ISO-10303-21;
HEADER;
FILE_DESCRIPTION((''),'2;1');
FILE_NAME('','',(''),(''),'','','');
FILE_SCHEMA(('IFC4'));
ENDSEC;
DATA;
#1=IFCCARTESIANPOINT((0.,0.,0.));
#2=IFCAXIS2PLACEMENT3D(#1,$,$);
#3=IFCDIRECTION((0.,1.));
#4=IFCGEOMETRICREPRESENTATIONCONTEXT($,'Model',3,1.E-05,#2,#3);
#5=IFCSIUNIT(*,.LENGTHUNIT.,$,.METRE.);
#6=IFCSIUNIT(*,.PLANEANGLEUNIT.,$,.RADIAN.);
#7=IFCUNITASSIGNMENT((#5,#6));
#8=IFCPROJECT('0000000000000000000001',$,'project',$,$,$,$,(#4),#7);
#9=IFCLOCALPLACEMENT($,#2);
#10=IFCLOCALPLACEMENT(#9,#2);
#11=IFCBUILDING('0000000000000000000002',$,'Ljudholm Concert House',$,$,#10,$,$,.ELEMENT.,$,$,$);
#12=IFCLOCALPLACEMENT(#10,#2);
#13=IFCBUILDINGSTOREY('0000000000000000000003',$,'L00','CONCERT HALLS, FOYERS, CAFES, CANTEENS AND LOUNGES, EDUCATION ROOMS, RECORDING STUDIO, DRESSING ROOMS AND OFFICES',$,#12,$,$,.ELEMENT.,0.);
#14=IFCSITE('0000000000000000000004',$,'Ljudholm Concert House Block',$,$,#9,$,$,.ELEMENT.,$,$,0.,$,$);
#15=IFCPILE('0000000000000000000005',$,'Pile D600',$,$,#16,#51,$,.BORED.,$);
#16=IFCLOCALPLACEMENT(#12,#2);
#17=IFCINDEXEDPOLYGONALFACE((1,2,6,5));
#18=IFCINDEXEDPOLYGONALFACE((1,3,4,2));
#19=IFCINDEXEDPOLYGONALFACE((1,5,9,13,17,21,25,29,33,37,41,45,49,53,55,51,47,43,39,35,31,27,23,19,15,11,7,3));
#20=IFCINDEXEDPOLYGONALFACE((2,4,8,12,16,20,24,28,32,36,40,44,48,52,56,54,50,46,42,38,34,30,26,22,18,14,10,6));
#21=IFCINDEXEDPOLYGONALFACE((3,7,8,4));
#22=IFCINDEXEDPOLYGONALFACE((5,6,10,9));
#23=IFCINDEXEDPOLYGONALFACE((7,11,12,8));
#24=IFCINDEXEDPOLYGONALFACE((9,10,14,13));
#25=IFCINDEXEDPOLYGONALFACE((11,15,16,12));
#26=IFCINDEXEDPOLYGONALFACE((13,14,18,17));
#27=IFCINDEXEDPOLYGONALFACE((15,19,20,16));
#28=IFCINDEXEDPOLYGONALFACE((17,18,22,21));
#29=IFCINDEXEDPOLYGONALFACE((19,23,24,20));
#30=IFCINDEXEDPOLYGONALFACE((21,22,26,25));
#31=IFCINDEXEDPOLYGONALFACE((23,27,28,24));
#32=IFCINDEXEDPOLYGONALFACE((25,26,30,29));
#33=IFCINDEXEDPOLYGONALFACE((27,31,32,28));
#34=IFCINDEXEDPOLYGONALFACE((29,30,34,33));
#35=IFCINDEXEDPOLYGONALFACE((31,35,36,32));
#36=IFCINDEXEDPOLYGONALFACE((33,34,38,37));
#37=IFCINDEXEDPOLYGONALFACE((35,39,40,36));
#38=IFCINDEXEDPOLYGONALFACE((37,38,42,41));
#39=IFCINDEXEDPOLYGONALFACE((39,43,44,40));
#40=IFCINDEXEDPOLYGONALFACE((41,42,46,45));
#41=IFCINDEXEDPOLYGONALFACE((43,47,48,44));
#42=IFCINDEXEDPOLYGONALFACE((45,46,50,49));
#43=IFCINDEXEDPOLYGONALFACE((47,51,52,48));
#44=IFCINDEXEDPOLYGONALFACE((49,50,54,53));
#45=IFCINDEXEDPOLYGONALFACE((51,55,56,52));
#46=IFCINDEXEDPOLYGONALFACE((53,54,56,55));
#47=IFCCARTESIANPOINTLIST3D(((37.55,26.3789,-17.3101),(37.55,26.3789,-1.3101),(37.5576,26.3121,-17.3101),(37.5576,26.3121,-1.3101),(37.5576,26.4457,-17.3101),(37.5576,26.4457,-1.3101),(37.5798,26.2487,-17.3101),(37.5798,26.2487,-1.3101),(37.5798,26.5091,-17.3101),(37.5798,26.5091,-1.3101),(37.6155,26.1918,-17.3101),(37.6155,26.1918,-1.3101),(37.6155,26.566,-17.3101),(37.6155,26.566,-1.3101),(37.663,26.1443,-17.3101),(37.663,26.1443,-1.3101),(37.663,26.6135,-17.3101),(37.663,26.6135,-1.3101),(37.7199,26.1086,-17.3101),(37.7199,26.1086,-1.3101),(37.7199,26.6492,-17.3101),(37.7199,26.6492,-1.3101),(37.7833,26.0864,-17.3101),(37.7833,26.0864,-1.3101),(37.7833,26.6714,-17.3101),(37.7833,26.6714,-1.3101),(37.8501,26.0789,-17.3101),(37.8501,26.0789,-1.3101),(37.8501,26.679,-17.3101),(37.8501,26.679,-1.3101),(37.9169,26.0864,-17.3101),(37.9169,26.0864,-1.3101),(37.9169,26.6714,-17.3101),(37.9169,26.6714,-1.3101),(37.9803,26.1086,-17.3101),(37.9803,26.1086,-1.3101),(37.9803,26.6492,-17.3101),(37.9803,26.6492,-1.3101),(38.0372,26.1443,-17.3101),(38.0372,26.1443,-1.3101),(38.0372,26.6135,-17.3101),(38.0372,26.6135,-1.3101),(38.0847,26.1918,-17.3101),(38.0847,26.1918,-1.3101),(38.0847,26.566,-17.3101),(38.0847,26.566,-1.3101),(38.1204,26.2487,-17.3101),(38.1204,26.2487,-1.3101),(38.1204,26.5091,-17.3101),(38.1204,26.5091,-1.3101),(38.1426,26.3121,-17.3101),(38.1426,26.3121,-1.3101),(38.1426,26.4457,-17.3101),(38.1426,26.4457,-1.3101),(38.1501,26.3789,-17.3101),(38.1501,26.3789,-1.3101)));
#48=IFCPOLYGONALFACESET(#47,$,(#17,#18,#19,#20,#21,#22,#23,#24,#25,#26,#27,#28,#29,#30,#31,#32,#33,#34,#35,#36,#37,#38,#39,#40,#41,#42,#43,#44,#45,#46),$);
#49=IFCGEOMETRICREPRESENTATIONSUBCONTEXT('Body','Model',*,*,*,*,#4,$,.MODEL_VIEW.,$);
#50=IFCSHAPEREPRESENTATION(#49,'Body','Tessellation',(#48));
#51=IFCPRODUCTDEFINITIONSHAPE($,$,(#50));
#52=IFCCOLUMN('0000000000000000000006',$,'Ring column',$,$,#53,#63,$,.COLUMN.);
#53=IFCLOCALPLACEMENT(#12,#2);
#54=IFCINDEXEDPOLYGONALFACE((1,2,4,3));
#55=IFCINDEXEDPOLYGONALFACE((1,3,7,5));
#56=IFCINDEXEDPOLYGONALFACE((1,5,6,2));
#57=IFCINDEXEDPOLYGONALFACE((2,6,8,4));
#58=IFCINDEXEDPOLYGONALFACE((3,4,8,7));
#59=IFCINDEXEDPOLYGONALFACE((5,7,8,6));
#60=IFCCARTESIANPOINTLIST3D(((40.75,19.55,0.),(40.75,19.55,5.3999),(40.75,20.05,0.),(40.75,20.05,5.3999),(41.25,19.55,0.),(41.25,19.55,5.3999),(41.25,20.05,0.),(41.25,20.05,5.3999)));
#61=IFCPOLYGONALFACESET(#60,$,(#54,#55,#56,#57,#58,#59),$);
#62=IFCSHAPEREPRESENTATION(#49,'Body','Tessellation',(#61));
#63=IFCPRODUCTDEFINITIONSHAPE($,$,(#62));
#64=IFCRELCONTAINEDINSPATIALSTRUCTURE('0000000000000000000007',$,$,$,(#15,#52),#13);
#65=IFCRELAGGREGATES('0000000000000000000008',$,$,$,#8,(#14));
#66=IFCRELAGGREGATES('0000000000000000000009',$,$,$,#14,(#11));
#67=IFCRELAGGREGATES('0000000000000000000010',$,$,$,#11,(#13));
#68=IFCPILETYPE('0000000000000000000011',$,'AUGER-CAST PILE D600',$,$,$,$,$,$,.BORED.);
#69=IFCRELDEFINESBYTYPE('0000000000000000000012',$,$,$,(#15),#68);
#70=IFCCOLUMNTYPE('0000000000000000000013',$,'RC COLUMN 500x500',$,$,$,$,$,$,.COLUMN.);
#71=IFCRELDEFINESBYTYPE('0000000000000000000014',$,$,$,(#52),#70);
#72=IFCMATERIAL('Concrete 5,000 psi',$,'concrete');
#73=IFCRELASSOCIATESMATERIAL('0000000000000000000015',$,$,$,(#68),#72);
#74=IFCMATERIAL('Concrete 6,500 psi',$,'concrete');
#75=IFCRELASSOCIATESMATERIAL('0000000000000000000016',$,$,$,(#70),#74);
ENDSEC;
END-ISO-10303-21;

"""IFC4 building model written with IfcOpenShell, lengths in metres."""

from ifc_helpers import new_model, si_unit, direction, frame, origin, origin_2d, place, context, subcontext, project, spatial, rectangle, circle, extrude, material, material_profile, profile_set, type_object, element, save


model = new_model("IFC4")

# Units and contexts
model_context = context("Model", 3, precision=1e-05, world=origin(), true_north=direction((0.0, 1.0)))
body_context = subcontext(model_context, "Body", "Model", "MODEL_VIEW")
ifc_project = project(units=[si_unit("LENGTHUNIT", "METRE"), si_unit("PLANEANGLEUNIT", "RADIAN")], contexts=[model_context])

# Site, building, storey
site_placement = place(None, origin())
site = spatial("IfcSite", under=ifc_project, at=site_placement, Name="Ljudholm Concert House Block", CompositionType="ELEMENT", RefElevation=0.0)
building_placement = place(site_placement, origin())
building = spatial("IfcBuilding", under=site, at=building_placement, Name="Ljudholm Concert House", CompositionType="ELEMENT")
storey_placement = place(building_placement, origin())
storey = spatial("IfcBuildingStorey", under=building, at=storey_placement, Name="L00", Description="CONCERT HALLS, FOYERS, CAFES, CANTEENS AND LOUNGES, EDUCATION ROOMS, RECORDING STUDIO, DRESSING ROOMS AND OFFICES", CompositionType="ELEMENT", Elevation=0.0)

# Pile
ifc_material_1 = material(Name="Concrete 5,000 psi", Category="concrete")
ifc_material_profile_1 = material_profile(ifc_material_1, circle(Radius=0.3, at=origin_2d()), Name="AUGER-CAST PILE D600")
ifc_profile_set_1 = profile_set([ifc_material_profile_1], Name="Concrete 5,000 psi")
pile_type = type_object("IfcPileType", Name="AUGER-CAST PILE D600", PredefinedType="BORED", material=ifc_profile_set_1)
for number, where, z_axis, x_axis, name in (
    (1, (37.8501, 26.3789, -1.3101), (0.0, 0.0, -1.0), (1.0, 0.0, 0.0), "Pile D600"),
):
    element("IfcPile", number, at=place(storey_placement, frame(where, z_axis=z_axis, x_axis=x_axis)), inside=storey, type_object=pile_type, Name=name, PredefinedType="BORED", context=body_context, shape_type="SweptSolid", body=[
        extrude(circle(Radius=0.3, at=origin_2d()), origin(), (0.0, 0.0, 1.0), 16.0),
    ])

# Column
ifc_material_2 = material(Name="Concrete 6,500 psi", Category="concrete")
ifc_material_profile_2 = material_profile(ifc_material_2, rectangle(XDim=0.5, YDim=0.5, at=origin_2d()), Name="RC COLUMN 500x500")
ifc_profile_set_2 = profile_set([ifc_material_profile_2], Name="Concrete 6,500 psi")
column_type = type_object("IfcColumnType", Name="RC COLUMN 500x500", PredefinedType="COLUMN", material=ifc_profile_set_2)
column_placement = place(storey_placement, frame((41.0, 19.8, 0.0), z_axis=(0.0, 0.0, 1.0), x_axis=(1.0, 0.0, 0.0)))
element("IfcColumn", 2, at=column_placement, inside=storey, type_object=column_type, Name="Ring column", PredefinedType="COLUMN", context=body_context, shape_type="SweptSolid", body=[
    extrude(rectangle(XDim=0.5, YDim=0.5, at=origin_2d()), origin(), (0.0, 0.0, 1.0), 5.3999),
])

save(model, "model.ifc")
